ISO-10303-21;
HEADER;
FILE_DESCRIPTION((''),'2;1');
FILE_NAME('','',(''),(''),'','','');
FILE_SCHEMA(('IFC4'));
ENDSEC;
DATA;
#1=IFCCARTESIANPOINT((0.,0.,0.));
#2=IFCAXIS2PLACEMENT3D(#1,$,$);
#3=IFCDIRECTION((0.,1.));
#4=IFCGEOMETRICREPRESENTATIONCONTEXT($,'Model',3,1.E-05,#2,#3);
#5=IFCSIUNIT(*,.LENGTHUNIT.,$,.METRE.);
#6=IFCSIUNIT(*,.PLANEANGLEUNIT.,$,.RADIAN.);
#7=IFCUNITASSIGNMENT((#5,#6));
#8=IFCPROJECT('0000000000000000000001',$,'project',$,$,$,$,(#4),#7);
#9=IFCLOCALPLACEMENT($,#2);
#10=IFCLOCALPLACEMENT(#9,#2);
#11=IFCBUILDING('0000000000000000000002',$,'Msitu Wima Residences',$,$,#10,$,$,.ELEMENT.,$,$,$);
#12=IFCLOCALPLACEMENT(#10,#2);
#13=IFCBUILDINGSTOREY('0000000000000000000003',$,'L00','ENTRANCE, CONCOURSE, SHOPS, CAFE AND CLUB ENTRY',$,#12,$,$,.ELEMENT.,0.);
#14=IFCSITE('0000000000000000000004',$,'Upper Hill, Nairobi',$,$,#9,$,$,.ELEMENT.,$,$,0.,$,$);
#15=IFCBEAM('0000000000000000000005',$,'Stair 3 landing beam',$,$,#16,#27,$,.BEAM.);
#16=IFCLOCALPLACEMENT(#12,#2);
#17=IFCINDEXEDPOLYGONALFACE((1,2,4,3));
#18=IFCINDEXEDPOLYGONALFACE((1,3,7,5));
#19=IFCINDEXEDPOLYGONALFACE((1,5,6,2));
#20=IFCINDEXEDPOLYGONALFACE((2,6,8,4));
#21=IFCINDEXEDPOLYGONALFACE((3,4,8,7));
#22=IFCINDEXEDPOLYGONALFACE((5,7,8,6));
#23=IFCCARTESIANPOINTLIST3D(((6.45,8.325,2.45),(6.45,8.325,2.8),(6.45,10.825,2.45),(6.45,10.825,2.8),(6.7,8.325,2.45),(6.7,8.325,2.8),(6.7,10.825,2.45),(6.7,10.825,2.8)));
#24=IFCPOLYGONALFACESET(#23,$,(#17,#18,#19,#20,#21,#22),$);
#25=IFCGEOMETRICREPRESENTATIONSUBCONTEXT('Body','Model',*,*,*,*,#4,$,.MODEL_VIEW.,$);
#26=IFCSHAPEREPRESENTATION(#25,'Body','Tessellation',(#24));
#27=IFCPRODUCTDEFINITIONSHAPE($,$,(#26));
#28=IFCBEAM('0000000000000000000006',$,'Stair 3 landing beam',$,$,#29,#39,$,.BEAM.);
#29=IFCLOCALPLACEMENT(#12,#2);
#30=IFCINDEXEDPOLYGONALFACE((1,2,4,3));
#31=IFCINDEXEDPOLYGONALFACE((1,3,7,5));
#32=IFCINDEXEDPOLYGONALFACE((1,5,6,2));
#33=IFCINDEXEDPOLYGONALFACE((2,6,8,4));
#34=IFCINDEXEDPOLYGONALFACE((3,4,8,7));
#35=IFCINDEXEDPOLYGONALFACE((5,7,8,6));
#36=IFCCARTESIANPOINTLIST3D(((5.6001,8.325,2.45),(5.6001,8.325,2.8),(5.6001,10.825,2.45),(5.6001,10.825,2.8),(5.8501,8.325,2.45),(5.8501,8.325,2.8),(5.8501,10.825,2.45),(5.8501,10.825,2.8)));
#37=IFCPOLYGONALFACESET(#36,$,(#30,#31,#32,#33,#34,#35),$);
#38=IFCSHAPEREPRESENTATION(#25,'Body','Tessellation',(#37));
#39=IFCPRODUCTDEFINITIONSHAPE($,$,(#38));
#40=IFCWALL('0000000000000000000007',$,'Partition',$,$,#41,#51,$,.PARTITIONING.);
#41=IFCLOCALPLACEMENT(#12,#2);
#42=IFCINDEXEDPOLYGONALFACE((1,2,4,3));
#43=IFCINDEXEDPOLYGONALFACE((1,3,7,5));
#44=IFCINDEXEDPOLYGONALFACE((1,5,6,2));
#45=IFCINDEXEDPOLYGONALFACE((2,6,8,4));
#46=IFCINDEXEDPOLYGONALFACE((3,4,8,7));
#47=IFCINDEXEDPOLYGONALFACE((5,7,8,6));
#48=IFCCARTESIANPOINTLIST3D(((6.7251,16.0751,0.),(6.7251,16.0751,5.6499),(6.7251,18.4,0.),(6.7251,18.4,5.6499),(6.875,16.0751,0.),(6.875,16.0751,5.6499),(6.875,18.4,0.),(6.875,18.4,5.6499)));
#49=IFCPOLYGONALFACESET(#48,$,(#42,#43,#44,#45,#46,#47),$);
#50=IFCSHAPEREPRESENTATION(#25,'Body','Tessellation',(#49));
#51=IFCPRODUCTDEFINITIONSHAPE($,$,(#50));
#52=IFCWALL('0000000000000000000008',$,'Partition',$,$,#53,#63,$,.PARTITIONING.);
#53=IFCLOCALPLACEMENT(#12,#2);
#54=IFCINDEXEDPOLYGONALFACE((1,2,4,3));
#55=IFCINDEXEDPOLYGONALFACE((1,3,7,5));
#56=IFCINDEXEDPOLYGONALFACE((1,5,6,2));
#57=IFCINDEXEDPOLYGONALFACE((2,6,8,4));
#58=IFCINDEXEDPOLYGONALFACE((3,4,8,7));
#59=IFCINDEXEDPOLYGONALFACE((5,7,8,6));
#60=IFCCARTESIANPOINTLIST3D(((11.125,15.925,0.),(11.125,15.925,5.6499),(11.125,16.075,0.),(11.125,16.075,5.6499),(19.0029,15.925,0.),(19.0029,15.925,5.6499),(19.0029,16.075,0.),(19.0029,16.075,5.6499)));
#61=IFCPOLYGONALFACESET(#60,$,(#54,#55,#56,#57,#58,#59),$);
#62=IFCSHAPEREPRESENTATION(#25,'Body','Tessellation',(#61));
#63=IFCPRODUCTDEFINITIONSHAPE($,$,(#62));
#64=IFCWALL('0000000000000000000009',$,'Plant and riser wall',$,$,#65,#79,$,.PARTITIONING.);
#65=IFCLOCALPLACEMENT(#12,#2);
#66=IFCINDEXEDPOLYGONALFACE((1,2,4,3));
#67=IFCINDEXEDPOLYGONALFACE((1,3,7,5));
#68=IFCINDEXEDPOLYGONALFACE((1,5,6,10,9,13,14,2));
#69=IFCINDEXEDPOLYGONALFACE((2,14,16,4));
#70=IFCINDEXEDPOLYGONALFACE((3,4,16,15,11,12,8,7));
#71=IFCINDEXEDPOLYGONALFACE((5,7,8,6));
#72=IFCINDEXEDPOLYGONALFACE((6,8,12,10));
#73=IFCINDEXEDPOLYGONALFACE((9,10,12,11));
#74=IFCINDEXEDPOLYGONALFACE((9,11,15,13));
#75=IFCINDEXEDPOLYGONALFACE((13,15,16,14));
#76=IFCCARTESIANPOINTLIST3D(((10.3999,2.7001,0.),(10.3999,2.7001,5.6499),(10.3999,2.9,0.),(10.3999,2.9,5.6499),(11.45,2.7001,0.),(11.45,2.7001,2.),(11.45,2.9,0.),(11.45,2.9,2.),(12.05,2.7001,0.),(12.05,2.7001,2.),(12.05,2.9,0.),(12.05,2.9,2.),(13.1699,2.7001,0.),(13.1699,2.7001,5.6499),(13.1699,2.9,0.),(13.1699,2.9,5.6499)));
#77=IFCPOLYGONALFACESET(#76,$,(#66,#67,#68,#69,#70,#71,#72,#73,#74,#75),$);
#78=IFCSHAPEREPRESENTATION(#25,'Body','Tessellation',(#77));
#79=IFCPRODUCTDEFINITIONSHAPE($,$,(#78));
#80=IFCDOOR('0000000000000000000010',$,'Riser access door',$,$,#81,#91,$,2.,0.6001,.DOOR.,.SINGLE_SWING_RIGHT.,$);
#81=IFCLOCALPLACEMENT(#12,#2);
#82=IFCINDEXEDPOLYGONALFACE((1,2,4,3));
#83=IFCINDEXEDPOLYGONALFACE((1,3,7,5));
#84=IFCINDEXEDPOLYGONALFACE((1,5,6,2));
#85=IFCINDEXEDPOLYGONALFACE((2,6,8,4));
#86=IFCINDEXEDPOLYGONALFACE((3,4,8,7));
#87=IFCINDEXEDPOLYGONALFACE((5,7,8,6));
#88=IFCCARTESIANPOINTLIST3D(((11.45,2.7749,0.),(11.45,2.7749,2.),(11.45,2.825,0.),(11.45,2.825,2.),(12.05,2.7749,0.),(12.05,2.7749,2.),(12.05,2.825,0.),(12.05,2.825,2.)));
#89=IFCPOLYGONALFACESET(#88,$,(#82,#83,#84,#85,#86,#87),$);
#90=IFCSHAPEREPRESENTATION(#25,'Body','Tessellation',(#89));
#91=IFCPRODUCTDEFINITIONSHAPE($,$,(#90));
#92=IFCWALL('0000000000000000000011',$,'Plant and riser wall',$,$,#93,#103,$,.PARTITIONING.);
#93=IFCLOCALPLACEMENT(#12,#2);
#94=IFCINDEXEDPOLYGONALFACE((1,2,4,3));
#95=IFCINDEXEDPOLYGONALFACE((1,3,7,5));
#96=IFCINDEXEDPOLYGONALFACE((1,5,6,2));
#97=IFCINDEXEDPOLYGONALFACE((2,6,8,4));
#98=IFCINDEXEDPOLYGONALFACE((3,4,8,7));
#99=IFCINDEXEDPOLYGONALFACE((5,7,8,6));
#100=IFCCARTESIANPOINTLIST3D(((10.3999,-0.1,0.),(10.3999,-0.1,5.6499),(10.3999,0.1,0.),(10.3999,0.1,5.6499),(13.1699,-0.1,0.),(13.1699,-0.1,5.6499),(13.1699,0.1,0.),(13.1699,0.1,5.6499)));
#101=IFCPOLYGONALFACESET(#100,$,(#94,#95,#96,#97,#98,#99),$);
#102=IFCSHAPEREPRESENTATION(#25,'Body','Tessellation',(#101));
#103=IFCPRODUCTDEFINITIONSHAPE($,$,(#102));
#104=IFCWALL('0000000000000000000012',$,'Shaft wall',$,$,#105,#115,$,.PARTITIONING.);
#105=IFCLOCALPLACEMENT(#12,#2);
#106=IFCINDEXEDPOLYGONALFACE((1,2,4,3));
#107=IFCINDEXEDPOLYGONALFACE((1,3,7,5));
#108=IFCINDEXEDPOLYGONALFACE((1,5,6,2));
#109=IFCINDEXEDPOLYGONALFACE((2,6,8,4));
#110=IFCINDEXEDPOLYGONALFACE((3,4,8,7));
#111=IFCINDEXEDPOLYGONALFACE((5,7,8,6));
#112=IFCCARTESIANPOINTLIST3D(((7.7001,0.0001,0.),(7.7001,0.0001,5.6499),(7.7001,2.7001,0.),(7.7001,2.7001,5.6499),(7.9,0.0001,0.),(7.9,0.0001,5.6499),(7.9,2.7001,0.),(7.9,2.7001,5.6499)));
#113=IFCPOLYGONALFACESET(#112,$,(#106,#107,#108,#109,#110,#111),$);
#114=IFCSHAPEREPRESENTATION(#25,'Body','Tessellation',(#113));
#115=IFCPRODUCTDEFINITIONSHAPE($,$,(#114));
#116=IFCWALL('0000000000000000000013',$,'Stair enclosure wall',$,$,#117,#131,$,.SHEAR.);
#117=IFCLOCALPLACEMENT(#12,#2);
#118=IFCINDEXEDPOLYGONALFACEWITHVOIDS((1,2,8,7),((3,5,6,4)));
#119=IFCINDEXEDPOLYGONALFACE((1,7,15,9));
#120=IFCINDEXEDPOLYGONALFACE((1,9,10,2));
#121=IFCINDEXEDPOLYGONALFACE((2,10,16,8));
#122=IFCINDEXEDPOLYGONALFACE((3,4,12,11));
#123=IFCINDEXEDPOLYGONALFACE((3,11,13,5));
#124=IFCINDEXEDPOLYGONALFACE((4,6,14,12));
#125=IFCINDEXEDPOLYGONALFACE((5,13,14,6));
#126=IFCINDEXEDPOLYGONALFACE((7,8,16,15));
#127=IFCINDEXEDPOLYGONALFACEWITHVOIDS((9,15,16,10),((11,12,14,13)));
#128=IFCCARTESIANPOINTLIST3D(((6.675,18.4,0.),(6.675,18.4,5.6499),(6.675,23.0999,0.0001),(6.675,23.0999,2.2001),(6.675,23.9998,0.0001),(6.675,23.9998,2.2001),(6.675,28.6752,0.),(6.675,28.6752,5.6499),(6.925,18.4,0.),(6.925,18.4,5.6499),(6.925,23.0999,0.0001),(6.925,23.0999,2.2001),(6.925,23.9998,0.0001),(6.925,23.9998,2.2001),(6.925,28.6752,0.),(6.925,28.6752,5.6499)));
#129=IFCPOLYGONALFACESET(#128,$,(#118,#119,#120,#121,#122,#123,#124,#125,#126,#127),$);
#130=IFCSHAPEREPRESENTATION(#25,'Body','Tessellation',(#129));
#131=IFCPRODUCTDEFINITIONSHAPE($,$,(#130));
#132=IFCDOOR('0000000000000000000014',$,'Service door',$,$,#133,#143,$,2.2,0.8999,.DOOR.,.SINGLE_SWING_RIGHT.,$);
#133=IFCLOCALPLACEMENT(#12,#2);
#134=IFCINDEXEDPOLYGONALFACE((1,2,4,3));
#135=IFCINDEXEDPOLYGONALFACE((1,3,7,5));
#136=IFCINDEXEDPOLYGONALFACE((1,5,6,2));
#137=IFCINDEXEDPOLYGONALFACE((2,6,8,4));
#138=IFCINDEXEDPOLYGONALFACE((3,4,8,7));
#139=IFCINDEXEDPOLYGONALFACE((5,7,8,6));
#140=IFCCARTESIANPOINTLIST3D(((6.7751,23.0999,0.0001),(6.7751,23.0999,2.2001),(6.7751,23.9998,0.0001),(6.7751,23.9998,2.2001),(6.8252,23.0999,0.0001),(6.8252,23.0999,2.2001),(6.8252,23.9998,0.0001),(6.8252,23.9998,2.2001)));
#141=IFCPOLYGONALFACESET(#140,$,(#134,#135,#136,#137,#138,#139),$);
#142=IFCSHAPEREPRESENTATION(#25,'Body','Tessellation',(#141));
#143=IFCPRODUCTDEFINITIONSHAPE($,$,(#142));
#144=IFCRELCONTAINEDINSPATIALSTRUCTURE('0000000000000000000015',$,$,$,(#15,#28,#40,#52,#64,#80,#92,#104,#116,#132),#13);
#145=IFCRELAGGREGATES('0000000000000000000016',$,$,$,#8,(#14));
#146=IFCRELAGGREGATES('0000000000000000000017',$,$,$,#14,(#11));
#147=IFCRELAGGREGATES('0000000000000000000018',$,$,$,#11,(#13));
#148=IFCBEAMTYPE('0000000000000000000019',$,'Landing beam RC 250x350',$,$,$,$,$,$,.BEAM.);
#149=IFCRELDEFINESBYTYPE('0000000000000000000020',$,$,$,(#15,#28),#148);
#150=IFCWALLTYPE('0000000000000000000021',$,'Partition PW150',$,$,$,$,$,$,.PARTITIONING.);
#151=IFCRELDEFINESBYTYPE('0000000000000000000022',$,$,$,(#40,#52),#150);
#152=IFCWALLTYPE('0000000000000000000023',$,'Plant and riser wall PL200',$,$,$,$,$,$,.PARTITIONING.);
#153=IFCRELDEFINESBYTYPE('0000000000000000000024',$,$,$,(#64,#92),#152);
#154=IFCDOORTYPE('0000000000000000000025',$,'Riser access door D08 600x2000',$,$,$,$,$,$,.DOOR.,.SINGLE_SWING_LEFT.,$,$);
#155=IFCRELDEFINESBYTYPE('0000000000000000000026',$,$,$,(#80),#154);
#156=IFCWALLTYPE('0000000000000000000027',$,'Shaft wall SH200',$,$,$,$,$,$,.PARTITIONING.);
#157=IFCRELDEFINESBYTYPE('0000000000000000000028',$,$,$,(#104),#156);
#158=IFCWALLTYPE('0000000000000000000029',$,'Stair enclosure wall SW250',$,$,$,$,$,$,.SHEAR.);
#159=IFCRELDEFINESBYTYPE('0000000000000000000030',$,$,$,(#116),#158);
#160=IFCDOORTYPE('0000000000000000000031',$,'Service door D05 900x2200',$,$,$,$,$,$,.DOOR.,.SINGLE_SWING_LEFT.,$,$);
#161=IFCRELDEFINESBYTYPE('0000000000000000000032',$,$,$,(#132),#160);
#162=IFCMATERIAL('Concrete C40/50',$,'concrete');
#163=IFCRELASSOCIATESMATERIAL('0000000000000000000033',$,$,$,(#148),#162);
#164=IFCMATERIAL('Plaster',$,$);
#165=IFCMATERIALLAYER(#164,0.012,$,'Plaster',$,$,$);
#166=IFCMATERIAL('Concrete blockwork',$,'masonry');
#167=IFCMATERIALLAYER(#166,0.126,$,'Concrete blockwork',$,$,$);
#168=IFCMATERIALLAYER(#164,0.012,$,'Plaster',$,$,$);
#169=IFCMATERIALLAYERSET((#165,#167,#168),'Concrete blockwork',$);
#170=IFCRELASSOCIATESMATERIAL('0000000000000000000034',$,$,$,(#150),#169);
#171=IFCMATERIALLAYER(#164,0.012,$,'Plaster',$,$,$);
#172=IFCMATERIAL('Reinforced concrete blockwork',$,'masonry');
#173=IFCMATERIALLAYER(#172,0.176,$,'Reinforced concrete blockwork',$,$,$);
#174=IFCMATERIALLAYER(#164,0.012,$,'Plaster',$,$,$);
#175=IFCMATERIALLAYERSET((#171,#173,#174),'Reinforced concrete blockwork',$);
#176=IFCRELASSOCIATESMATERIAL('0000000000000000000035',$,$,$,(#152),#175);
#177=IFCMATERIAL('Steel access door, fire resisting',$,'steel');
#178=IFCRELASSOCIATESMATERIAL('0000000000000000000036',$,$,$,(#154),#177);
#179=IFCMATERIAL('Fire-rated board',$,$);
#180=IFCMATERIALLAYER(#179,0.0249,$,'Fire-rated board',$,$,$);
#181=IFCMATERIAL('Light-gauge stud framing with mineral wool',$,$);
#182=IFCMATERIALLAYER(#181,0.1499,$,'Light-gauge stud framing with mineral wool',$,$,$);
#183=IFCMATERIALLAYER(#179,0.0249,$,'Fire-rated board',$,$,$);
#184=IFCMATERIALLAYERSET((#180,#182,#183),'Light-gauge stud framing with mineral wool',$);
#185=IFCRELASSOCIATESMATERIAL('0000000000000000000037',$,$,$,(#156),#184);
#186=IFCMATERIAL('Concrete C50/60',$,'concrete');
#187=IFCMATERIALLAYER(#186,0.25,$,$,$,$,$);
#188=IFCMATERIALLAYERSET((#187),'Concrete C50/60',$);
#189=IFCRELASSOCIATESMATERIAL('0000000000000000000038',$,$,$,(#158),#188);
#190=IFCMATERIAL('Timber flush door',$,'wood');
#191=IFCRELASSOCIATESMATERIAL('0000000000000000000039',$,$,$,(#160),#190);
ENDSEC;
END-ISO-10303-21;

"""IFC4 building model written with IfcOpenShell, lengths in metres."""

from ifc_helpers import new_model, si_unit, direction, frame, frame_2d, origin, origin_2d, place, context, subcontext, project, spatial, rectangle, extrude, material, layer, layer_set, material_profile, profile_set, type_object, element, fill, save


model = new_model("IFC4")

# Units and contexts
model_context = context("Model", 3, precision=1e-05, world=origin(), true_north=direction((0.0, 1.0)))
body_context = subcontext(model_context, "Body", "Model", "MODEL_VIEW")
ifc_project = project(units=[si_unit("LENGTHUNIT", "METRE"), si_unit("PLANEANGLEUNIT", "RADIAN")], contexts=[model_context])

# Site, building, storey
site_placement = place(None, origin())
site = spatial("IfcSite", under=ifc_project, at=site_placement, Name="Upper Hill, Nairobi", CompositionType="ELEMENT", RefElevation=0.0)
building_placement = place(site_placement, origin())
building = spatial("IfcBuilding", under=site, at=building_placement, Name="Msitu Wima Residences", CompositionType="ELEMENT")
storey_placement = place(building_placement, origin())
storey = spatial("IfcBuildingStorey", under=building, at=storey_placement, Name="L00", Description="ENTRANCE, CONCOURSE, SHOPS, CAFE AND CLUB ENTRY", CompositionType="ELEMENT", Elevation=0.0)

# Beams
ifc_material_1 = material(Name="Concrete C40/50", Category="concrete")
ifc_material_profile = material_profile(ifc_material_1, rectangle(XDim=0.25, YDim=0.3501, at=origin_2d()), Name="RC 250x350")
ifc_profile_set = profile_set([ifc_material_profile], Name="Concrete C40/50")
beam_type = type_object("IfcBeamType", Name="Landing beam RC 250x350", PredefinedType="BEAM", material=ifc_profile_set)
for number, where, z_axis, x_axis, name in (
    (1, (6.575, 8.325, 2.625), (0.0, 1.0, 0.0), (-1.0, 0.0, 0.0), "Stair 3 landing beam"),
    (2, (5.7251, 8.325, 2.625), (0.0, 1.0, 0.0), (-1.0, 0.0, 0.0), "Stair 3 landing beam"),
):
    element("IfcBeam", number, at=place(storey_placement, frame(where, z_axis=z_axis, x_axis=x_axis)), inside=storey, type_object=beam_type, Name=name, PredefinedType="BEAM", context=body_context, shape_type="SweptSolid", body=[
        extrude(rectangle(XDim=0.25, YDim=0.3501, at=origin_2d()), origin(), (0.0, 0.0, 1.0), 2.5),
    ])

# Wall
ifc_material_2 = material(Name="Plaster")
ifc_layer_1 = layer(ifc_material_2, 0.012, Name="Plaster")
ifc_material_3 = material(Name="Concrete blockwork", Category="masonry")
ifc_layer_2 = layer(ifc_material_3, 0.126, Name="Concrete blockwork")
ifc_layer_3 = layer(ifc_material_2, 0.012, Name="Plaster")
ifc_layer_set_1 = layer_set([ifc_layer_1, ifc_layer_2, ifc_layer_3], Name="Concrete blockwork")
wall_type_1 = type_object("IfcWallType", Name="Partition PW150", PredefinedType="PARTITIONING", material=ifc_layer_set_1)
wall_1_placement = place(storey_placement, frame((6.8, 16.075, 0.0), z_axis=(0.0, 0.0, 1.0), x_axis=(0.0, 1.0, 0.0)))
element("IfcWall", 3, at=wall_1_placement, inside=storey, type_object=wall_type_1, Name="Partition", PredefinedType="PARTITIONING", context=body_context, shape_type="SweptSolid", body=[
    extrude(rectangle(XDim=2.325, YDim=0.1499, at=frame_2d((1.1626, 0.0))), origin(), (0.0, 0.0, 1.0), 5.6499),
])

# Wall
wall_2_placement = place(storey_placement, frame((11.125, 16.0, 0.0), z_axis=(0.0, 0.0, 1.0), x_axis=(1.0, 0.0, 0.0)))
element("IfcWall", 4, at=wall_2_placement, inside=storey, type_object=wall_type_1, Name="Partition", PredefinedType="PARTITIONING", context=body_context, shape_type="SweptSolid", body=[
    extrude(rectangle(XDim=7.8779, YDim=0.1499, at=frame_2d((3.939, 0.0))), origin(), (0.0, 0.0, 1.0), 5.6499),
])

# Wall, opening, door
ifc_layer_4 = layer(ifc_material_2, 0.012, Name="Plaster")
ifc_material_4 = material(Name="Reinforced concrete blockwork", Category="masonry")
ifc_layer_5 = layer(ifc_material_4, 0.176, Name="Reinforced concrete blockwork")
ifc_layer_6 = layer(ifc_material_2, 0.012, Name="Plaster")
ifc_layer_set_2 = layer_set([ifc_layer_4, ifc_layer_5, ifc_layer_6], Name="Reinforced concrete blockwork")
wall_type_2 = type_object("IfcWallType", Name="Plant and riser wall PL200", PredefinedType="PARTITIONING", material=ifc_layer_set_2)
wall_3_placement = place(storey_placement, frame((10.3999, 2.8, 0.0), z_axis=(0.0, 0.0, 1.0), x_axis=(1.0, 0.0, 0.0)))
wall_3 = element("IfcWall", 5, at=wall_3_placement, inside=storey, type_object=wall_type_2, Name="Plant and riser wall", PredefinedType="PARTITIONING", context=body_context, shape_type="SweptSolid", body=[
    extrude(rectangle(XDim=2.77, YDim=0.2, at=frame_2d((1.385, 0.0))), origin(), (0.0, 0.0, 1.0), 5.6499),
])
opening_1_placement = place(wall_3_placement, frame((1.05, 0.0, 0.0)))
opening_1 = element("IfcOpeningElement", 6, at=opening_1_placement, cuts=wall_3, PredefinedType="OPENING", context=body_context, shape_type="SweptSolid", body=[
    extrude(rectangle(XDim=0.6001, YDim=2.0, at=frame_2d((0.3, 1.0))), frame((0.0, 0.1099, 0.0), z_axis=(0.0, -1.0, 0.0), x_axis=(1.0, 0.0, 0.0)), (0.0, 0.0, 1.0), 0.22),
])
ifc_material_5 = material(Name="Steel access door, fire resisting", Category="steel")
door_type_1 = type_object("IfcDoorType", Name="Riser access door D08 600x2000", OperationType="SINGLE_SWING_LEFT", PredefinedType="DOOR", material=ifc_material_5)
door_1_placement = place(opening_1_placement, origin())
door_1 = element("IfcDoor", 7, at=door_1_placement, inside=storey, type_object=door_type_1, Name="Riser access door", OperationType="SINGLE_SWING_RIGHT", OverallHeight=2.0, OverallWidth=0.6001, PredefinedType="DOOR", context=body_context, shape_type="SweptSolid", body=[
    extrude(rectangle(XDim=0.6001, YDim=2.0, at=frame_2d((0.3, 1.0))), frame((0.0, 0.0249, 0.0), z_axis=(0.0, -1.0, 0.0), x_axis=(1.0, 0.0, 0.0)), (0.0, 0.0, 1.0), 0.05),
])
fill(opening_1, door_1)

# Walls
wall_4_placement = place(storey_placement, frame((10.3999, 0.0, 0.0), z_axis=(0.0, 0.0, 1.0), x_axis=(1.0, 0.0, 0.0)))
element("IfcWall", 8, at=wall_4_placement, inside=storey, type_object=wall_type_2, Name="Plant and riser wall", PredefinedType="PARTITIONING", context=body_context, shape_type="SweptSolid", body=[
    extrude(rectangle(XDim=2.77, YDim=0.2, at=frame_2d((1.385, 0.0))), origin(), (0.0, 0.0, 1.0), 5.6499),
])
ifc_material_6 = material(Name="Fire-rated board")
ifc_layer_7 = layer(ifc_material_6, 0.0249, Name="Fire-rated board")
ifc_material_7 = material(Name="Light-gauge stud framing with mineral wool")
ifc_layer_8 = layer(ifc_material_7, 0.1499, Name="Light-gauge stud framing with mineral wool")
ifc_layer_9 = layer(ifc_material_6, 0.0249, Name="Fire-rated board")
ifc_layer_set_3 = layer_set([ifc_layer_7, ifc_layer_8, ifc_layer_9], Name="Light-gauge stud framing with mineral wool")
wall_type_3 = type_object("IfcWallType", Name="Shaft wall SH200", PredefinedType="PARTITIONING", material=ifc_layer_set_3)
wall_5_placement = place(storey_placement, frame((7.8, 0.0, 0.0), z_axis=(0.0, 0.0, 1.0), x_axis=(0.0, 1.0, 0.0)))
element("IfcWall", 9, at=wall_5_placement, inside=storey, type_object=wall_type_3, Name="Shaft wall", PredefinedType="PARTITIONING", context=body_context, shape_type="SweptSolid", body=[
    extrude(rectangle(XDim=2.7, YDim=0.2, at=frame_2d((1.3501, 0.0))), origin(), (0.0, 0.0, 1.0), 5.6499),
])

# Wall, opening, door
ifc_material_8 = material(Name="Concrete C50/60", Category="concrete")
ifc_layer_10 = layer(ifc_material_8, 0.25)
ifc_layer_set_4 = layer_set([ifc_layer_10], Name="Concrete C50/60")
wall_type_4 = type_object("IfcWallType", Name="Stair enclosure wall SW250", PredefinedType="SHEAR", material=ifc_layer_set_4)
wall_6_placement = place(storey_placement, frame((6.8, 18.3999, 0.0), z_axis=(0.0, 0.0, 1.0), x_axis=(0.0, 1.0, 0.0)))
wall_6 = element("IfcWall", 10, at=wall_6_placement, inside=storey, type_object=wall_type_4, Name="Stair enclosure wall", PredefinedType="SHEAR", context=body_context, shape_type="SweptSolid", body=[
    extrude(rectangle(XDim=10.2751, YDim=0.25, at=frame_2d((5.1377, 0.0))), origin(), (0.0, 0.0, 1.0), 5.6499),
])
opening_2_placement = place(wall_6_placement, frame((4.7, 0.0, 0.0)))
opening_2 = element("IfcOpeningElement", 11, at=opening_2_placement, cuts=wall_6, PredefinedType="OPENING", context=body_context, shape_type="SweptSolid", body=[
    extrude(rectangle(XDim=0.8999, YDim=2.2, at=frame_2d((0.45, 1.1001))), frame((0.0, 0.135, 0.0), z_axis=(0.0, -1.0, 0.0), x_axis=(1.0, 0.0, 0.0)), (0.0, 0.0, 1.0), 0.27),
])
ifc_material_9 = material(Name="Timber flush door", Category="wood")
door_type_2 = type_object("IfcDoorType", Name="Service door D05 900x2200", OperationType="SINGLE_SWING_LEFT", PredefinedType="DOOR", material=ifc_material_9)
door_2_placement = place(opening_2_placement, origin())
door_2 = element("IfcDoor", 12, at=door_2_placement, inside=storey, type_object=door_type_2, Name="Service door", OperationType="SINGLE_SWING_RIGHT", OverallHeight=2.2, OverallWidth=0.8999, PredefinedType="DOOR", context=body_context, shape_type="SweptSolid", body=[
    extrude(rectangle(XDim=0.8999, YDim=2.2, at=frame_2d((0.45, 1.1001))), frame((0.0, 0.0249, 0.0), z_axis=(0.0, -1.0, 0.0), x_axis=(1.0, 0.0, 0.0)), (0.0, 0.0, 1.0), 0.05),
])
fill(opening_2, door_2)

save(model, "model.ifc")
